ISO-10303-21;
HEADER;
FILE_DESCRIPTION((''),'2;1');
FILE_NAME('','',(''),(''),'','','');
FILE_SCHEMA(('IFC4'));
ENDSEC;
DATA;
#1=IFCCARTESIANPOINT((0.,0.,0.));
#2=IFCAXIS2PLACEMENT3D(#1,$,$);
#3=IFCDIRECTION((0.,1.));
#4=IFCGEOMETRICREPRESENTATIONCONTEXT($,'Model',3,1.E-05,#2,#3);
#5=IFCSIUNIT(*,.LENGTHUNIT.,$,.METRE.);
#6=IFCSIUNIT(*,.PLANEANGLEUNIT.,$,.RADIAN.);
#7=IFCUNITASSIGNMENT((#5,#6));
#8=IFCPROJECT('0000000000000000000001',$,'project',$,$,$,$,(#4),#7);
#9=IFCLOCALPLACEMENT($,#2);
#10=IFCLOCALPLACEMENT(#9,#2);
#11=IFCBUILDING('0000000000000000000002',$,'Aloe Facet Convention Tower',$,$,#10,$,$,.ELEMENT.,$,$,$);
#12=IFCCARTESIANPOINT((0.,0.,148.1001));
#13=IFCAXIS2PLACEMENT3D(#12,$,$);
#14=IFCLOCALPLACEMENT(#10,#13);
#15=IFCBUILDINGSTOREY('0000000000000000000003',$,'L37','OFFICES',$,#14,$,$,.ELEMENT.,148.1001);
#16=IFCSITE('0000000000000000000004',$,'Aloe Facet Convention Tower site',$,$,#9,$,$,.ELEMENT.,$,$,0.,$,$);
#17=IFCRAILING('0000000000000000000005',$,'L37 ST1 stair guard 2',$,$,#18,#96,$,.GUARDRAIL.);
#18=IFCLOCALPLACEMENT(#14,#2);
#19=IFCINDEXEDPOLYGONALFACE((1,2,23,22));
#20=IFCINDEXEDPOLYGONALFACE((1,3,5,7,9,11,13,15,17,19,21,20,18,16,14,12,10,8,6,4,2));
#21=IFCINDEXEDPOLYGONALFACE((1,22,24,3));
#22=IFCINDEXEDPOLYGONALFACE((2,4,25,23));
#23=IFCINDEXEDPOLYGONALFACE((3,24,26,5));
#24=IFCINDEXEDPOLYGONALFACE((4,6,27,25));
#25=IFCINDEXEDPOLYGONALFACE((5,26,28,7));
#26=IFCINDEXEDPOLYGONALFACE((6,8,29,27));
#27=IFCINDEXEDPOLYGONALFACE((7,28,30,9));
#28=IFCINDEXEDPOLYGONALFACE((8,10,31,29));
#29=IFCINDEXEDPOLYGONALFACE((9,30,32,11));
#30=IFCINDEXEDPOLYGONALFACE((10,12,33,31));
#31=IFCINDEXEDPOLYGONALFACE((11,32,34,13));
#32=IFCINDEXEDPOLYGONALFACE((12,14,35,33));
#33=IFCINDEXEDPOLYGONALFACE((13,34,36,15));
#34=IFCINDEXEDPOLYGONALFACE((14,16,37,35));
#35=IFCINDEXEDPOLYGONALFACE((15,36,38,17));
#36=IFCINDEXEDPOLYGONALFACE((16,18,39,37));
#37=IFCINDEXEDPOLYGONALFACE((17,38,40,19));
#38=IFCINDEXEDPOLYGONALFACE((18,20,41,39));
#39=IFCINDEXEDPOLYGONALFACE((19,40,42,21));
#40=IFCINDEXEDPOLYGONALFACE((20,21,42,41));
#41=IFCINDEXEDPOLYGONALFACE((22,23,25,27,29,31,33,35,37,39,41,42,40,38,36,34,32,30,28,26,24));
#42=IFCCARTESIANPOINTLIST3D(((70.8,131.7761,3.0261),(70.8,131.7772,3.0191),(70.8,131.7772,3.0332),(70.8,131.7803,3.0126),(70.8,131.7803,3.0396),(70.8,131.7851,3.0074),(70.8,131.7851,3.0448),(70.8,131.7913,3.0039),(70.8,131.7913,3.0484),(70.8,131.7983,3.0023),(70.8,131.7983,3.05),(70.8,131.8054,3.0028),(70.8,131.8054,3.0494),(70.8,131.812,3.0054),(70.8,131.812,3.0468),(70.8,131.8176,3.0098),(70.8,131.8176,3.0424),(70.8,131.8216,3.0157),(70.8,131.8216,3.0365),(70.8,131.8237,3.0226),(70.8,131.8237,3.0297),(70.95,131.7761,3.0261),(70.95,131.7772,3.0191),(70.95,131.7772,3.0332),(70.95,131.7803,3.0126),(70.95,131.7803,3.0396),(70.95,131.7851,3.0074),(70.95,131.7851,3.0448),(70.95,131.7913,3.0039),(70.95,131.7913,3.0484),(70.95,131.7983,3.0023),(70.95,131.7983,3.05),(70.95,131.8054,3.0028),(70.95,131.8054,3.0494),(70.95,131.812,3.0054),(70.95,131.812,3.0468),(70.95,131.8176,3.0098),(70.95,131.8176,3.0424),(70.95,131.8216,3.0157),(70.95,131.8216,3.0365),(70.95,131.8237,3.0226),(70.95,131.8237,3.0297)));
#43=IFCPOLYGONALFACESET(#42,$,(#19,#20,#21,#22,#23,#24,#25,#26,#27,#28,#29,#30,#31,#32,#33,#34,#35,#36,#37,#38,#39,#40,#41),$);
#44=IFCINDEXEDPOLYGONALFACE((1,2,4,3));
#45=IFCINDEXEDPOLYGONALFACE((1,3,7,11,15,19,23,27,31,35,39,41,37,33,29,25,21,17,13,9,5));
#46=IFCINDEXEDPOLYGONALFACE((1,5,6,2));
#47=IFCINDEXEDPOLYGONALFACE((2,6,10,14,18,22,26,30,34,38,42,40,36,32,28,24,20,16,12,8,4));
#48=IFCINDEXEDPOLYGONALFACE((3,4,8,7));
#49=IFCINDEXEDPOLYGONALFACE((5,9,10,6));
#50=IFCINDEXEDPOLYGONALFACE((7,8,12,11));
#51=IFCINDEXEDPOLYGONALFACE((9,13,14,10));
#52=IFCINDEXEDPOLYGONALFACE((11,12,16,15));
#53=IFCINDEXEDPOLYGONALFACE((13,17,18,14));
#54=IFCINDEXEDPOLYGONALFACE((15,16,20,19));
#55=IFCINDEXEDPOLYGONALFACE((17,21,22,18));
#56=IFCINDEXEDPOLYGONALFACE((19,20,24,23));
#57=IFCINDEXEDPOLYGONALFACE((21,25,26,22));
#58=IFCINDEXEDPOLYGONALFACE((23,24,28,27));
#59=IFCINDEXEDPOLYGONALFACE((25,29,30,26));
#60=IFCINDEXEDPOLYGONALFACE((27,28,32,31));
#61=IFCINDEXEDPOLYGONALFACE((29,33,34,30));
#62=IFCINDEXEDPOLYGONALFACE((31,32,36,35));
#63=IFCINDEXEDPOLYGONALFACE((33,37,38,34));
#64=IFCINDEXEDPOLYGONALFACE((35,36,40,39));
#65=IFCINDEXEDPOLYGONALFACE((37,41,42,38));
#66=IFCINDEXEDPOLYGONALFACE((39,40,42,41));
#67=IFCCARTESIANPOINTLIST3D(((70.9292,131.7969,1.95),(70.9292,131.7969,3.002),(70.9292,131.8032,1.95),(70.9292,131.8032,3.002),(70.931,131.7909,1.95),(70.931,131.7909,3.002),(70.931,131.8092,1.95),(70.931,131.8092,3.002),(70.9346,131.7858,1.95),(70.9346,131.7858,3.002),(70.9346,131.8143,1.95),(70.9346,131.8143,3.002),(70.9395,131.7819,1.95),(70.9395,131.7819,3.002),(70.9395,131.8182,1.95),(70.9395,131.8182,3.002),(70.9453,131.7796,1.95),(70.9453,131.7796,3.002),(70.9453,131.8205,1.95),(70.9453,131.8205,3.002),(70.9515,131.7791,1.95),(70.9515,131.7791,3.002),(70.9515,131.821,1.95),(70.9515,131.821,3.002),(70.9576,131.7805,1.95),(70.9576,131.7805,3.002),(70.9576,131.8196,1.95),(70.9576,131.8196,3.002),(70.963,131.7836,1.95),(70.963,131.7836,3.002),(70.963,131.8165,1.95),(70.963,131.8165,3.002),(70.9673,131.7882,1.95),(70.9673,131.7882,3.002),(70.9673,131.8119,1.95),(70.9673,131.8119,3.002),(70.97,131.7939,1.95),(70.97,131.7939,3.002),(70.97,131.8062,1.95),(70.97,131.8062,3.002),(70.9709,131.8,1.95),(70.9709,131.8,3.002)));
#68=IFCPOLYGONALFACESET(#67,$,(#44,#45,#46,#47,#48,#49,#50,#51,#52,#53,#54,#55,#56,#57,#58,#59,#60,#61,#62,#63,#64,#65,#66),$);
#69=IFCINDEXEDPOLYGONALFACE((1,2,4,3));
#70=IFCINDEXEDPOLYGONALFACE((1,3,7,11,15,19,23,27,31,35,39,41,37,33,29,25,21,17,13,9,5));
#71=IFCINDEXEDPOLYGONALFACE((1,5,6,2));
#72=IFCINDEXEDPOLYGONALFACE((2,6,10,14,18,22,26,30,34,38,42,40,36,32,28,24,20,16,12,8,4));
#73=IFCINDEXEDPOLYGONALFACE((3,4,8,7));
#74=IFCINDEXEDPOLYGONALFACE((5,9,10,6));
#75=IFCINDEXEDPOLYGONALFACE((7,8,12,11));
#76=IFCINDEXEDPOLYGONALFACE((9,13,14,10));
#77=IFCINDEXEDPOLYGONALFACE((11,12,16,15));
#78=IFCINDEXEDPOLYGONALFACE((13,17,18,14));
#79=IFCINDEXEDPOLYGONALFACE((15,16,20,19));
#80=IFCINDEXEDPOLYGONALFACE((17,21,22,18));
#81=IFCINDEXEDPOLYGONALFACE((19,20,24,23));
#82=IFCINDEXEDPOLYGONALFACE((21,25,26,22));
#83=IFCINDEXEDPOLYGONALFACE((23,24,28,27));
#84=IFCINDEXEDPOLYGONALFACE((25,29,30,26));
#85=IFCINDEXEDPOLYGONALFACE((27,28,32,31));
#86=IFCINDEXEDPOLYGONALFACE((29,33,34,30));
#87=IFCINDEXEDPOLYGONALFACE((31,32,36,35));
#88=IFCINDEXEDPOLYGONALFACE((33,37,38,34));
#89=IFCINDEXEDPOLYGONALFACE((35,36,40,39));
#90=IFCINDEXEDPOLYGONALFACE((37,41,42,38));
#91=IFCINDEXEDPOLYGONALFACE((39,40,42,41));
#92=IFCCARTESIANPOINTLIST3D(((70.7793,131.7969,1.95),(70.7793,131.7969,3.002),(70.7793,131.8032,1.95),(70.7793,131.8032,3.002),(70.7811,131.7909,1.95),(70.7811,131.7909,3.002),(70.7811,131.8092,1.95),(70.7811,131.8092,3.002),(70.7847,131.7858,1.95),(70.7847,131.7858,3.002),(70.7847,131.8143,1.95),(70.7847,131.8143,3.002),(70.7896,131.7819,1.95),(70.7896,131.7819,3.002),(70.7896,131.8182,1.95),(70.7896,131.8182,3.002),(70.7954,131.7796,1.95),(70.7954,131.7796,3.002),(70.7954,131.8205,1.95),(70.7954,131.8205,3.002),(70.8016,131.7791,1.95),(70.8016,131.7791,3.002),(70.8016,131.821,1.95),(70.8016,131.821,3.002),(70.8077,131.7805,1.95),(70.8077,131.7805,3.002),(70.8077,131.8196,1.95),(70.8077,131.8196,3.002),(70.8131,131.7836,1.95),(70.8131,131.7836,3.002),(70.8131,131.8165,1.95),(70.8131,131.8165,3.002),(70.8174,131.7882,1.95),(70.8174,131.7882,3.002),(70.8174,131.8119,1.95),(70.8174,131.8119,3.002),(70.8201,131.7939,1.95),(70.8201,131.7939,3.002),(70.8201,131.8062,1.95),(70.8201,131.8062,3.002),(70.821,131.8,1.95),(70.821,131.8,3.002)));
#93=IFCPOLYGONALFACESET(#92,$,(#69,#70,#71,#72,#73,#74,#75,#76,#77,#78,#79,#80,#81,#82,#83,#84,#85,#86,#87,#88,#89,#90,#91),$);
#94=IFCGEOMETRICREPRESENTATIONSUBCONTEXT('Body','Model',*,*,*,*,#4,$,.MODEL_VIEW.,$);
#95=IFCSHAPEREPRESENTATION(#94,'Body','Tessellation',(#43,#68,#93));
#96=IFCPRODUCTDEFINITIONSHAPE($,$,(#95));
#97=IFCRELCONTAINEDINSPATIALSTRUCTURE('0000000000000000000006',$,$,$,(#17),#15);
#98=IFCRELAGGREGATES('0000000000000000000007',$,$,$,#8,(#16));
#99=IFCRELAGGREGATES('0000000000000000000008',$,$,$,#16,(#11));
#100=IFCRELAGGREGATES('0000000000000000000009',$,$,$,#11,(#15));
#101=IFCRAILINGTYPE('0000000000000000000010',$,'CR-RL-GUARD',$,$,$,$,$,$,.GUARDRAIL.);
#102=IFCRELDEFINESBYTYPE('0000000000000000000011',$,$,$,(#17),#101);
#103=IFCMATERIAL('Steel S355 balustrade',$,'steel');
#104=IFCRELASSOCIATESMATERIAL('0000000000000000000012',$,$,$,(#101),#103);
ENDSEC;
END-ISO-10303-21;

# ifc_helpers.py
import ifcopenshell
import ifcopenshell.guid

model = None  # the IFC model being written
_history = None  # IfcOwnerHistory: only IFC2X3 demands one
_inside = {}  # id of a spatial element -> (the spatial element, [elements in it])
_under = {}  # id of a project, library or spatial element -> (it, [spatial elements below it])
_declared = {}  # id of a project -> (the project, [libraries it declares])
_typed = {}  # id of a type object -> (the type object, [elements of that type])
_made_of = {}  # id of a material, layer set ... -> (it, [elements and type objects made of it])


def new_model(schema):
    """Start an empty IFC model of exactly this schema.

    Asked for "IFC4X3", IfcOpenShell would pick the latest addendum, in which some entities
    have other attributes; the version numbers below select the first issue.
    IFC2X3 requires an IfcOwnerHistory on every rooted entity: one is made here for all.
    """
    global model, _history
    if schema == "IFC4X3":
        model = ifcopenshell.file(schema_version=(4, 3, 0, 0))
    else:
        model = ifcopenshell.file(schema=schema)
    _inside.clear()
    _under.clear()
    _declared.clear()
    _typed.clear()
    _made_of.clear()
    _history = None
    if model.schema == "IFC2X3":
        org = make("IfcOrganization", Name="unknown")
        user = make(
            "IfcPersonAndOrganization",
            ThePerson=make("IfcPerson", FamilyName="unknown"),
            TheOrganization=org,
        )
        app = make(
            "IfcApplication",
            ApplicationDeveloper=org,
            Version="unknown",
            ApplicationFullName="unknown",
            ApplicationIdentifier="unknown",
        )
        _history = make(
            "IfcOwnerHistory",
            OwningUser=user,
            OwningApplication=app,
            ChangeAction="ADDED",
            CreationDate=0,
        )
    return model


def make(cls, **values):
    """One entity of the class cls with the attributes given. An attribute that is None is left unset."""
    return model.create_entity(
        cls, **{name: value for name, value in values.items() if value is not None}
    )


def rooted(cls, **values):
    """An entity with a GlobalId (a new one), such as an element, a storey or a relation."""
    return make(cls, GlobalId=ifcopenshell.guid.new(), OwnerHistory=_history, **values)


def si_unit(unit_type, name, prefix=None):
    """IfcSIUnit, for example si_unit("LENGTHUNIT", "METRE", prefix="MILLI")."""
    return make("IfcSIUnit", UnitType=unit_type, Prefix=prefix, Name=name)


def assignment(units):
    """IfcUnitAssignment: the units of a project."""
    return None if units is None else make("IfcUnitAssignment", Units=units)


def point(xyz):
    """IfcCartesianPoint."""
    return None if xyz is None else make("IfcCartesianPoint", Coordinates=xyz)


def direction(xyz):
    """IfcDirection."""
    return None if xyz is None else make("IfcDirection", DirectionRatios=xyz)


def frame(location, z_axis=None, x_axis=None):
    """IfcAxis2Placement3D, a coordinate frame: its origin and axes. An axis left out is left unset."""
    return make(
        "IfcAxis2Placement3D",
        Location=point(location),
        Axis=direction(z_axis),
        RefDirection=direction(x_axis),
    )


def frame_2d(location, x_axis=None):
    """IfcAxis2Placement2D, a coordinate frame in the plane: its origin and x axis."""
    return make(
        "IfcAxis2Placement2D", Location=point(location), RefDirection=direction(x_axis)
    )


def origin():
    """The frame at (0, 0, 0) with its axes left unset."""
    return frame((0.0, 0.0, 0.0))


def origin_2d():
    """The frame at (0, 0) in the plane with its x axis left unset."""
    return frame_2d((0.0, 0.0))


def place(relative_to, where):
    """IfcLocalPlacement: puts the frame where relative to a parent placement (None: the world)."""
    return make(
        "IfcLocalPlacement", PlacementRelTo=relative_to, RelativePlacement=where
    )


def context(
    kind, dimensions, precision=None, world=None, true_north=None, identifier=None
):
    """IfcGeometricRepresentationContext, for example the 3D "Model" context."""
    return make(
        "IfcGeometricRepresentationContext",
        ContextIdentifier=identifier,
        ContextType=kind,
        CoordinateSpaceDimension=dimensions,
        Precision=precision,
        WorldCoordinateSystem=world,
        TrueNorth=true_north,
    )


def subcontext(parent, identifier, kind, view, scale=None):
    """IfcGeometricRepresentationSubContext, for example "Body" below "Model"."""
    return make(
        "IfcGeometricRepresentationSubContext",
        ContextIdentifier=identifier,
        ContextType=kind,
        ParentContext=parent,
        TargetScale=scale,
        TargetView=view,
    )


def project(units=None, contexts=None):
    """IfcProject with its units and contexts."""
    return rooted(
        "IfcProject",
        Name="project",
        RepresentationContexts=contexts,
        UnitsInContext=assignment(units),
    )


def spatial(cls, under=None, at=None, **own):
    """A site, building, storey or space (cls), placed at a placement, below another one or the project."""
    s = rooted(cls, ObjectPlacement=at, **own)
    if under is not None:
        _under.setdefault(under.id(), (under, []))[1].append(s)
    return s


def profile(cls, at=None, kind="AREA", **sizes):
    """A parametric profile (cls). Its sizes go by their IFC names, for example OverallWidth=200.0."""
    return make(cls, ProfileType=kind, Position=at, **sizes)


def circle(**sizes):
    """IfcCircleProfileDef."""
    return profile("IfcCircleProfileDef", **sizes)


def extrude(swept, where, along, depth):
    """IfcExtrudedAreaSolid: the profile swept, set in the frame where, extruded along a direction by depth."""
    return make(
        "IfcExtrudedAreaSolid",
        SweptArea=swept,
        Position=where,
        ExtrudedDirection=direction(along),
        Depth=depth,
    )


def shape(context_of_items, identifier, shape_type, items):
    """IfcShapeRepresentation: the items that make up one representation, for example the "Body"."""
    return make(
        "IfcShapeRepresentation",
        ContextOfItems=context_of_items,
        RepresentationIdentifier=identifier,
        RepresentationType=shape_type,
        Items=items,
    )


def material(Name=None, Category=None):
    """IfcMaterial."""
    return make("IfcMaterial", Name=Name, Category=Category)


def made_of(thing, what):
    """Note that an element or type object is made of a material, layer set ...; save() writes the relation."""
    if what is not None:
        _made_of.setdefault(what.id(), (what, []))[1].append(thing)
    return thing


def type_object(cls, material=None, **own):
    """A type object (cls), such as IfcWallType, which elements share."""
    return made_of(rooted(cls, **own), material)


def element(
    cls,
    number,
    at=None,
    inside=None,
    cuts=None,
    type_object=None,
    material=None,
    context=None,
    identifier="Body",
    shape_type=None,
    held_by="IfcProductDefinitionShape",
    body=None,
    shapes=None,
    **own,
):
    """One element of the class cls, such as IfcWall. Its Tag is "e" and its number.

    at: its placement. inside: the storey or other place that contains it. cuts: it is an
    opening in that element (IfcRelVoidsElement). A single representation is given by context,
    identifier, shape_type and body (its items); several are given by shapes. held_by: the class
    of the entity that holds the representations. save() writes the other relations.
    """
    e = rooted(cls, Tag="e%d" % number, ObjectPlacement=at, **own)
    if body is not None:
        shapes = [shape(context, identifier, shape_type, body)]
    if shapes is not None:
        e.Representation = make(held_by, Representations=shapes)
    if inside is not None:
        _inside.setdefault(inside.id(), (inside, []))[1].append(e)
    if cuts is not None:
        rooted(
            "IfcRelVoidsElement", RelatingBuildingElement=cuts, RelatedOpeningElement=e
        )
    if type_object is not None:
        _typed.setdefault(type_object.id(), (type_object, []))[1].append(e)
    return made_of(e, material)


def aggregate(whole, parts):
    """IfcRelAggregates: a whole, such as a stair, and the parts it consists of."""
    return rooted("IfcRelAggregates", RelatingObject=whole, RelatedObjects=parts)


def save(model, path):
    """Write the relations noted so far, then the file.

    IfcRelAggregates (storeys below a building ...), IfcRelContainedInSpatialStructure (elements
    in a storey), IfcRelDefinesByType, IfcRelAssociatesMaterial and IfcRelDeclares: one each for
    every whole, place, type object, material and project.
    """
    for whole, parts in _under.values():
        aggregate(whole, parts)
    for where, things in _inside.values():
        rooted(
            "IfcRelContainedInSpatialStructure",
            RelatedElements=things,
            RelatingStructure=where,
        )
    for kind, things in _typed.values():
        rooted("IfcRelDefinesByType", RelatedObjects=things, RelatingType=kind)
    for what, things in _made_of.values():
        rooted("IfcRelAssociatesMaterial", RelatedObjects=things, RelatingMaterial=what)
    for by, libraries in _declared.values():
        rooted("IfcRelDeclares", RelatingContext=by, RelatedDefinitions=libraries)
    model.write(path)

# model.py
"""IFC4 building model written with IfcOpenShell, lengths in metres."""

from ifc_helpers import new_model, si_unit, direction, frame, origin, origin_2d, place, context, subcontext, project, spatial, circle, extrude, material, type_object, element, save


model = new_model("IFC4")

# Units and contexts
model_context = context("Model", 3, precision=1e-05, world=origin(), true_north=direction((0.0, 1.0)))
body_context = subcontext(model_context, "Body", "Model", "MODEL_VIEW")
ifc_project = project(units=[si_unit("LENGTHUNIT", "METRE"), si_unit("PLANEANGLEUNIT", "RADIAN")], contexts=[model_context])

# Site, building, storey
site_placement = place(None, origin())
site = spatial("IfcSite", under=ifc_project, at=site_placement, Name="Aloe Facet Convention Tower site", CompositionType="ELEMENT", RefElevation=0.0)
building_placement = place(site_placement, origin())
building = spatial("IfcBuilding", under=site, at=building_placement, Name="Aloe Facet Convention Tower", CompositionType="ELEMENT")
storey_placement = place(building_placement, frame((0.0, 0.0, 148.1001)))
storey = spatial("IfcBuildingStorey", under=building, at=storey_placement, Name="L37", Description="OFFICES", CompositionType="ELEMENT", Elevation=148.1001)

# Railing
ifc_material_1 = material(Name="Steel S355 balustrade", Category="steel")
railing_type_1 = type_object("IfcRailingType", Name="CR-RL-GUARD", PredefinedType="GUARDRAIL", material=ifc_material_1)
railing_1_placement = place(storey_placement, frame((70.95, 131.8, 1.95)))
element("IfcRailing", 1, at=railing_1_placement, inside=storey, type_object=railing_type_1, Name="L37 ST1 stair guard 2", PredefinedType="GUARDRAIL", context=body_context, shape_type="SweptSolid", body=[
    extrude(circle(Radius=0.0239, at=origin_2d()), frame((0.0, 0.0, 1.0762), z_axis=(-1.0, 0.0, 0.0), x_axis=(0.0, -1.0, 0.0)), (0.0, 0.0, 1.0), 0.1499),
    extrude(circle(Radius=0.021, at=origin_2d()), origin(), (0.0, 0.0, 1.0), 1.052),
    extrude(circle(Radius=0.021, at=origin_2d()), frame((-0.1499, 0.0, 0.0)), (0.0, 0.0, 1.0), 1.052),
])

save(model, "model.ifc")
